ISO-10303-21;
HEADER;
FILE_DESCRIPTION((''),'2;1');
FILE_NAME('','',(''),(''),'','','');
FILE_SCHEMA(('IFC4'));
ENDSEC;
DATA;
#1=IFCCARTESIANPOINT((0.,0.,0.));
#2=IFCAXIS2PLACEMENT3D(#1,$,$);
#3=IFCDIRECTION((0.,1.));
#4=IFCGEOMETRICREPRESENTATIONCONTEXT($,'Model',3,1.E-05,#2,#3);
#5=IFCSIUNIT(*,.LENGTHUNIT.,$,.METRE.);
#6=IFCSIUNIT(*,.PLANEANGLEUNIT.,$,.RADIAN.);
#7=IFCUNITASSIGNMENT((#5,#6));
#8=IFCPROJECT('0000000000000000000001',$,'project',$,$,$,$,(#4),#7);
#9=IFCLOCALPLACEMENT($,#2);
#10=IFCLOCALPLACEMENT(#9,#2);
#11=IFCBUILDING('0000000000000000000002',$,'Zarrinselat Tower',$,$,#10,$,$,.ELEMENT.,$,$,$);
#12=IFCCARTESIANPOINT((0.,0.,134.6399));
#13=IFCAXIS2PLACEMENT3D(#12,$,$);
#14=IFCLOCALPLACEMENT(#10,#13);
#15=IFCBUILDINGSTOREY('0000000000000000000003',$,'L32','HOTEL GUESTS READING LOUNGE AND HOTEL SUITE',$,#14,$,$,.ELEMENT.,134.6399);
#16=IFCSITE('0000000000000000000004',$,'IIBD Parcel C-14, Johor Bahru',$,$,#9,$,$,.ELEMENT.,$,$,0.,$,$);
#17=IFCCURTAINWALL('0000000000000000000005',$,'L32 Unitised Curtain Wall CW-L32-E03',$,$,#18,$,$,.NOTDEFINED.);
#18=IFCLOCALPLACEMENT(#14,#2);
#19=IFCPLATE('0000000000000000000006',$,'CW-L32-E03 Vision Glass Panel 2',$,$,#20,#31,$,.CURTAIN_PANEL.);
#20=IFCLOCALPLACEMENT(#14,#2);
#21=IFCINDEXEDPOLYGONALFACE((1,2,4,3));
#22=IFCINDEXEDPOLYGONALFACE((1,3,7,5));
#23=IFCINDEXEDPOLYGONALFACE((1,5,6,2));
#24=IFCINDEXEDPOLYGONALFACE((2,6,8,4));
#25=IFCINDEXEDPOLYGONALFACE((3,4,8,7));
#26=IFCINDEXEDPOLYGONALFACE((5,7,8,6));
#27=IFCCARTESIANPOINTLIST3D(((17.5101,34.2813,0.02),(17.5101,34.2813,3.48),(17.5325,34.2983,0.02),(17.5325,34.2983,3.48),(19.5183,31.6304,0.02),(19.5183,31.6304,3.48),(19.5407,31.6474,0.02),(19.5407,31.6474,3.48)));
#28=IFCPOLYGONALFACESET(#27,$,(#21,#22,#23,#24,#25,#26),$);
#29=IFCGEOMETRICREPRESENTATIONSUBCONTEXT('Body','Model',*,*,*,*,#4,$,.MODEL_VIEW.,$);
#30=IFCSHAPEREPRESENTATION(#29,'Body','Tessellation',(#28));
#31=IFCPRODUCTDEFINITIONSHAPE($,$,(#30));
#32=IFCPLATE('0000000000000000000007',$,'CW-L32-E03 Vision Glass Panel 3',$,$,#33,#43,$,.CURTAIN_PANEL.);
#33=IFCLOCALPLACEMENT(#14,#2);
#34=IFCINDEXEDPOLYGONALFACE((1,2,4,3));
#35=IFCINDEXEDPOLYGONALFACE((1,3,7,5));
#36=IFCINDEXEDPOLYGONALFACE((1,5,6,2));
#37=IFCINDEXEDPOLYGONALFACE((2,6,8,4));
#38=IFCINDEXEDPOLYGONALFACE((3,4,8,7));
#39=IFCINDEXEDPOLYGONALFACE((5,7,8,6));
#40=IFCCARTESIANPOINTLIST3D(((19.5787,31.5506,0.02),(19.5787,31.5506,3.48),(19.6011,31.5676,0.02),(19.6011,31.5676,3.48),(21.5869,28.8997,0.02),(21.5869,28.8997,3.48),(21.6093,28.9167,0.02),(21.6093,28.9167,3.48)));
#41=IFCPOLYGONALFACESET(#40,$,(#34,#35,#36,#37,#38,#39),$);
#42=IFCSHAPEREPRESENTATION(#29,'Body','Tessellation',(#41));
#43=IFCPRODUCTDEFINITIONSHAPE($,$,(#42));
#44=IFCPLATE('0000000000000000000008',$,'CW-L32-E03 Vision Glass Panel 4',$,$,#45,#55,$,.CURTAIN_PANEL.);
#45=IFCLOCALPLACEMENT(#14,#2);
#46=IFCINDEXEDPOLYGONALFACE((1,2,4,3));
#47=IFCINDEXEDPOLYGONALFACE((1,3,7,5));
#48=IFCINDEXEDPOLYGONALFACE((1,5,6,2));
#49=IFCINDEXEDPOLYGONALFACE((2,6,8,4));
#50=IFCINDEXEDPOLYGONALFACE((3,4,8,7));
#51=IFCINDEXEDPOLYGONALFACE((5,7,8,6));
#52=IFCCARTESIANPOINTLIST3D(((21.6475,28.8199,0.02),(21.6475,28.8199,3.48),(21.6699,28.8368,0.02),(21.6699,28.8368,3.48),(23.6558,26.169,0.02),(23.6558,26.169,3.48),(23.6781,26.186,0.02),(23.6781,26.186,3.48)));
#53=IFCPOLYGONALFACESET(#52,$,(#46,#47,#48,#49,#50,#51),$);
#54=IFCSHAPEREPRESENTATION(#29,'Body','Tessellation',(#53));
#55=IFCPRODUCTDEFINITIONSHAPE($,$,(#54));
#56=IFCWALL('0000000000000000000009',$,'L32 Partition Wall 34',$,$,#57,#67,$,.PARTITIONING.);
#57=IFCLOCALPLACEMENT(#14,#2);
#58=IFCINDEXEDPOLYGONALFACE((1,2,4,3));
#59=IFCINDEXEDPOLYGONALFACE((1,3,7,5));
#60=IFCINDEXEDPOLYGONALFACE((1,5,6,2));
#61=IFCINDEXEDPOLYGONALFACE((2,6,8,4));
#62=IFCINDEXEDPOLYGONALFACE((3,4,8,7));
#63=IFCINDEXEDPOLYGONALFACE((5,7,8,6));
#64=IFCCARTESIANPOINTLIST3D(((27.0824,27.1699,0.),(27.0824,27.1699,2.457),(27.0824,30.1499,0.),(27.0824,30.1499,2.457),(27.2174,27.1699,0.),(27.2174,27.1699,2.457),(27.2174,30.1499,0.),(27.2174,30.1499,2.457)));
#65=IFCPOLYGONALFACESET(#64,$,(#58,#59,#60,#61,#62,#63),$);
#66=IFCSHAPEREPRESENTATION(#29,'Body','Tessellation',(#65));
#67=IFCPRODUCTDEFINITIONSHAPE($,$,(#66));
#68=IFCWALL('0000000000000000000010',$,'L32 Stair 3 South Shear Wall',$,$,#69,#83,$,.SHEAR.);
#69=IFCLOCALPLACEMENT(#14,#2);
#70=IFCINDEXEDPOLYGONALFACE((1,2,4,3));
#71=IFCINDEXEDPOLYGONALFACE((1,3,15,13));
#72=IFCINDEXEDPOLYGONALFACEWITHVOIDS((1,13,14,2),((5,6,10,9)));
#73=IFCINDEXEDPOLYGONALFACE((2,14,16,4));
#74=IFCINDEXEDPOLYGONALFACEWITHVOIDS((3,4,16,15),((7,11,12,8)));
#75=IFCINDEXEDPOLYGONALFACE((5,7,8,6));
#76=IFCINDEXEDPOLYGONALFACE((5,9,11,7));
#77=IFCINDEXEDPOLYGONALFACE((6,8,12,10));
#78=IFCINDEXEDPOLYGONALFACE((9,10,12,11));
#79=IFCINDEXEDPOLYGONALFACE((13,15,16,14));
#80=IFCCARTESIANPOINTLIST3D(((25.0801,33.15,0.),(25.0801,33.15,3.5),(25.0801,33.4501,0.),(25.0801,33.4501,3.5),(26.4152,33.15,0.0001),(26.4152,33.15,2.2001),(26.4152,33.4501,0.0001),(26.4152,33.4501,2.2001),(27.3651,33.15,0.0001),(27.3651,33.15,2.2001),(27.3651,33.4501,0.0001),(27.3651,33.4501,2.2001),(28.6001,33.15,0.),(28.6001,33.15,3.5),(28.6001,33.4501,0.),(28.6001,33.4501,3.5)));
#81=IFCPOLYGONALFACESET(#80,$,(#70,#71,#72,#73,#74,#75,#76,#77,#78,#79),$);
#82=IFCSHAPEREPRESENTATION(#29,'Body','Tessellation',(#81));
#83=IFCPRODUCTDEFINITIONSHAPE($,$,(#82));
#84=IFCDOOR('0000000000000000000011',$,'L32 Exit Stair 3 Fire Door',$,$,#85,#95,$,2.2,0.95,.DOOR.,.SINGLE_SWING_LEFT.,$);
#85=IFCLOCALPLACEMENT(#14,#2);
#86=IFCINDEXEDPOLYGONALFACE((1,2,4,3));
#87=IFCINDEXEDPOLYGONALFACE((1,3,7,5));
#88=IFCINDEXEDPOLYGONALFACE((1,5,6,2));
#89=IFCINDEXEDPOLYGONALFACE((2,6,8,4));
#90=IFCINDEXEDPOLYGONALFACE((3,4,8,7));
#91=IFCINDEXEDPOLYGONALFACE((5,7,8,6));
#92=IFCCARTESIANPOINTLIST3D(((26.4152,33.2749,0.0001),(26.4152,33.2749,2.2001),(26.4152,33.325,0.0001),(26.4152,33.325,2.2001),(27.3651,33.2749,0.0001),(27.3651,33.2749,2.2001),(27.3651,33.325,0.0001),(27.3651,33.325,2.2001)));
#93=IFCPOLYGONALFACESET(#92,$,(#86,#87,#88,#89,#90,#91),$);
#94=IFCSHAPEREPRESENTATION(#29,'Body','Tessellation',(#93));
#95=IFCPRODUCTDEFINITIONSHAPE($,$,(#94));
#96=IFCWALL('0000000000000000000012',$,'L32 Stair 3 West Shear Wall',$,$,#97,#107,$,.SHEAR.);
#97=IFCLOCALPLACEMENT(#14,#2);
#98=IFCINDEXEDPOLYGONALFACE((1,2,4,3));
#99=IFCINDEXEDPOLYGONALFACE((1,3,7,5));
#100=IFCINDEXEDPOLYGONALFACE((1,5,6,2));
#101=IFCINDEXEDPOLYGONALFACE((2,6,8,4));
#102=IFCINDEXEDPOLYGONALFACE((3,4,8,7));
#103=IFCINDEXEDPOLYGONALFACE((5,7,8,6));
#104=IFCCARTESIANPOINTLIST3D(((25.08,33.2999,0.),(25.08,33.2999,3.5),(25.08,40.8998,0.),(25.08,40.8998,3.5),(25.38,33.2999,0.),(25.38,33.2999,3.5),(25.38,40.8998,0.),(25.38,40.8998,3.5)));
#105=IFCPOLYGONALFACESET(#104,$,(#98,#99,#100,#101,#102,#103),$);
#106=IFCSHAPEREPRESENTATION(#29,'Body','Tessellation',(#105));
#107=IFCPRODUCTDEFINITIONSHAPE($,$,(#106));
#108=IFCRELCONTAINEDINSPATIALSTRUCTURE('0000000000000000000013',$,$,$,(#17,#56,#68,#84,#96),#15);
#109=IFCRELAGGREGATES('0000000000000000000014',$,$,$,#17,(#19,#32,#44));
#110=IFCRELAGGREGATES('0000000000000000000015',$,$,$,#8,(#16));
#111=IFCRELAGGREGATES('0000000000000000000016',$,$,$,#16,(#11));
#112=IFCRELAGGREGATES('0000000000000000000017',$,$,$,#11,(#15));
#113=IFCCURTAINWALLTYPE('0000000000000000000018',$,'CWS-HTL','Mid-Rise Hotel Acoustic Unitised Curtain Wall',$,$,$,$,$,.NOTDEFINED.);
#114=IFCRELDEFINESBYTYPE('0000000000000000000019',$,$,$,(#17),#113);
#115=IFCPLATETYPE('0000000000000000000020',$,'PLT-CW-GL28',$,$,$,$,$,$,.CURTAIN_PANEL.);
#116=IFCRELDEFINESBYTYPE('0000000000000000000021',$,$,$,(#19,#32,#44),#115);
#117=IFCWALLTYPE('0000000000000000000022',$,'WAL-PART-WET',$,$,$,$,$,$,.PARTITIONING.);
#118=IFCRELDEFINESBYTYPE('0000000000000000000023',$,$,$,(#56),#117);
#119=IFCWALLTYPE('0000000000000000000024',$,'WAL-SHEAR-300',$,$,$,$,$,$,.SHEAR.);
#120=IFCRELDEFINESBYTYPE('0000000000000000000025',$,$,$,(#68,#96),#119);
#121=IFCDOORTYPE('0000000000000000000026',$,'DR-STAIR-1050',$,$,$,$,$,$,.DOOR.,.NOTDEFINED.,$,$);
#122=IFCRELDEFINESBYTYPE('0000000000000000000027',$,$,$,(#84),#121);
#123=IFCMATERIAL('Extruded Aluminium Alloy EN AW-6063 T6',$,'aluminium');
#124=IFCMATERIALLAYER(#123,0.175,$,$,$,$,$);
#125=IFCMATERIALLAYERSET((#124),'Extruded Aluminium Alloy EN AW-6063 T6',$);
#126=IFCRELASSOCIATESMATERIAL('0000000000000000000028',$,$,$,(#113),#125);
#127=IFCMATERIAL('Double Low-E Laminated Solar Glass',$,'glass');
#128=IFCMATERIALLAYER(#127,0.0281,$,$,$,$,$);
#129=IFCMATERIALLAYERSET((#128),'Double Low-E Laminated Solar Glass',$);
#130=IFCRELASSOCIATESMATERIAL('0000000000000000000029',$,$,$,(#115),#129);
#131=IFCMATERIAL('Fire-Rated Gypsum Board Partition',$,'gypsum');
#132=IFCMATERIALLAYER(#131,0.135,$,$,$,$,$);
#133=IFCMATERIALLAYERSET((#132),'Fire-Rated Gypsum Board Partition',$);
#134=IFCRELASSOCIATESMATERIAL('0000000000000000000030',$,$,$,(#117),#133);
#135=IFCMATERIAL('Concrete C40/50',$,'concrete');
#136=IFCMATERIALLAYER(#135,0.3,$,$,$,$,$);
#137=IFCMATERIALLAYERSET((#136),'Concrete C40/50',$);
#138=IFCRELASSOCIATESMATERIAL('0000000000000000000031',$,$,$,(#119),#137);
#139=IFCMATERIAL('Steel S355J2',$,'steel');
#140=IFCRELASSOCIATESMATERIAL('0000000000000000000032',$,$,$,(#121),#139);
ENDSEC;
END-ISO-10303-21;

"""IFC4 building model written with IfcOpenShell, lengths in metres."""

from ifc_helpers import new_model, si_unit, direction, frame, frame_2d, origin, origin_2d, place, context, subcontext, project, spatial, rectangle, extrude, material, layer, layer_set, type_object, element, fill, aggregate, save


model = new_model("IFC4")

# Units and contexts
model_context = context("Model", 3, precision=1e-05, world=origin(), true_north=direction((0.0, 1.0)))
body_context = subcontext(model_context, "Body", "Model", "MODEL_VIEW")
ifc_project = project(units=[si_unit("LENGTHUNIT", "METRE"), si_unit("PLANEANGLEUNIT", "RADIAN")], contexts=[model_context])

# Site, building, storey
site_placement = place(None, origin())
site = spatial("IfcSite", under=ifc_project, at=site_placement, Name="IIBD Parcel C-14, Johor Bahru", CompositionType="ELEMENT", RefElevation=0.0)
building_placement = place(site_placement, origin())
building = spatial("IfcBuilding", under=site, at=building_placement, Name="Zarrinselat Tower", CompositionType="ELEMENT")
storey_placement = place(building_placement, frame((0.0, 0.0, 134.6399)))
storey = spatial("IfcBuildingStorey", under=building, at=storey_placement, Name="L32", Description="HOTEL GUESTS READING LOUNGE AND HOTEL SUITE", CompositionType="ELEMENT", Elevation=134.6399)

# Curtain wall, plates
ifc_material_1 = material(Name="Extruded Aluminium Alloy EN AW-6063 T6", Category="aluminium")
ifc_layer_1 = layer(ifc_material_1, 0.175)
ifc_layer_set_1 = layer_set([ifc_layer_1], Name="Extruded Aluminium Alloy EN AW-6063 T6")
curtain_wall_type = type_object("IfcCurtainWallType", Name="CWS-HTL", Description="Mid-Rise Hotel Acoustic Unitised Curtain Wall", PredefinedType="NOTDEFINED", material=ifc_layer_set_1)
curtain_wall_placement = place(storey_placement, origin())
curtain_wall = element("IfcCurtainWall", 1, at=curtain_wall_placement, inside=storey, type_object=curtain_wall_type, Name="L32 Unitised Curtain Wall CW-L32-E03", PredefinedType="NOTDEFINED")
ifc_material_2 = material(Name="Double Low-E Laminated Solar Glass", Category="glass")
ifc_layer_2 = layer(ifc_material_2, 0.0281)
ifc_layer_set_2 = layer_set([ifc_layer_2], Name="Double Low-E Laminated Solar Glass")
plate_type = type_object("IfcPlateType", Name="PLT-CW-GL28", PredefinedType="CURTAIN_PANEL", material=ifc_layer_set_2)
plate_1_placement = place(storey_placement, frame((18.5254, 32.9644, 0.02), z_axis=(0.0, 0.0, 1.0), x_axis=(0.603856, -0.797094, 0.0)))
plate_1 = element("IfcPlate", 2, at=plate_1_placement, type_object=plate_type, Name="CW-L32-E03 Vision Glass Panel 2", PredefinedType="CURTAIN_PANEL", context=body_context, shape_type="SweptSolid", body=[
    extrude(rectangle(XDim=3.3257, YDim=0.0281, at=origin_2d()), origin(), (0.0, 0.0, 1.0), 3.46),
])
plate_2_placement = place(storey_placement, frame((20.594, 30.2336, 0.02), z_axis=(0.0, 0.0, 1.0), x_axis=(0.603856, -0.797094, 0.0)))
plate_2 = element("IfcPlate", 3, at=plate_2_placement, type_object=plate_type, Name="CW-L32-E03 Vision Glass Panel 3", PredefinedType="CURTAIN_PANEL", context=body_context, shape_type="SweptSolid", body=[
    extrude(rectangle(XDim=3.3257, YDim=0.0281, at=origin_2d()), origin(), (0.0, 0.0, 1.0), 3.46),
])
plate_3_placement = place(storey_placement, frame((22.6628, 27.5029, 0.02), z_axis=(0.0, 0.0, 1.0), x_axis=(0.603856, -0.797094, 0.0)))
plate_3 = element("IfcPlate", 4, at=plate_3_placement, type_object=plate_type, Name="CW-L32-E03 Vision Glass Panel 4", PredefinedType="CURTAIN_PANEL", context=body_context, shape_type="SweptSolid", body=[
    extrude(rectangle(XDim=3.3257, YDim=0.0281, at=origin_2d()), origin(), (0.0, 0.0, 1.0), 3.46),
])
aggregate(curtain_wall, [plate_1, plate_2, plate_3])

# Wall
ifc_material_3 = material(Name="Fire-Rated Gypsum Board Partition", Category="gypsum")
ifc_layer_3 = layer(ifc_material_3, 0.135)
ifc_layer_set_3 = layer_set([ifc_layer_3], Name="Fire-Rated Gypsum Board Partition")
wall_type_1 = type_object("IfcWallType", Name="WAL-PART-WET", PredefinedType="PARTITIONING", material=ifc_layer_set_3)
wall_1_placement = place(storey_placement, frame((27.1499, 27.1699, 0.0), z_axis=(0.0, 0.0, 1.0), x_axis=(0.0, 1.0, 0.0)))
element("IfcWall", 5, at=wall_1_placement, inside=storey, type_object=wall_type_1, Name="L32 Partition Wall 34", PredefinedType="PARTITIONING", context=body_context, shape_type="SweptSolid", body=[
    extrude(rectangle(XDim=2.98, YDim=0.135, at=frame_2d((1.49, 0.0))), origin(), (0.0, 0.0, 1.0), 2.457),
])

# Wall, opening, door
ifc_material_4 = material(Name="Concrete C40/50", Category="concrete")
ifc_layer_4 = layer(ifc_material_4, 0.3)
ifc_layer_set_4 = layer_set([ifc_layer_4], Name="Concrete C40/50")
wall_type_2 = type_object("IfcWallType", Name="WAL-SHEAR-300", PredefinedType="SHEAR", material=ifc_layer_set_4)
wall_2_placement = place(storey_placement, frame((25.0801, 33.3, 0.0), z_axis=(0.0, 0.0, 1.0), x_axis=(1.0, 0.0, 0.0)))
wall_2 = element("IfcWall", 6, at=wall_2_placement, inside=storey, type_object=wall_type_2, Name="L32 Stair 3 South Shear Wall", PredefinedType="SHEAR", context=body_context, shape_type="SweptSolid", body=[
    extrude(rectangle(XDim=3.52, YDim=0.3, at=frame_2d((1.76, 0.0))), origin(), (0.0, 0.0, 1.0), 3.5),
])
opening_placement = place(wall_2_placement, frame((1.335, 0.0, 0.0)))
opening = element("IfcOpeningElement", 7, at=opening_placement, cuts=wall_2, PredefinedType="OPENING", context=body_context, shape_type="SweptSolid", body=[
    extrude(rectangle(XDim=0.95, YDim=2.2, at=frame_2d((0.4751, 1.1001))), frame((0.0, 0.1599, 0.0), z_axis=(0.0, -1.0, 0.0), x_axis=(1.0, 0.0, 0.0)), (0.0, 0.0, 1.0), 0.3201),
])
ifc_material_5 = material(Name="Steel S355J2", Category="steel")
door_type = type_object("IfcDoorType", Name="DR-STAIR-1050", OperationType="NOTDEFINED", PredefinedType="DOOR", material=ifc_material_5)
door_placement = place(opening_placement, origin())
door = element("IfcDoor", 8, at=door_placement, inside=storey, type_object=door_type, Name="L32 Exit Stair 3 Fire Door", OperationType="SINGLE_SWING_LEFT", OverallHeight=2.2, OverallWidth=0.95, PredefinedType="DOOR", context=body_context, shape_type="SweptSolid", body=[
    extrude(rectangle(XDim=0.95, YDim=2.2, at=frame_2d((0.4751, 1.1001))), frame((0.0, 0.0249, 0.0), z_axis=(0.0, -1.0, 0.0), x_axis=(1.0, 0.0, 0.0)), (0.0, 0.0, 1.0), 0.05),
])
fill(opening, door)

# Wall
wall_3_placement = place(storey_placement, frame((25.23, 33.3, 0.0), z_axis=(0.0, 0.0, 1.0), x_axis=(0.0, 1.0, 0.0)))
element("IfcWall", 9, at=wall_3_placement, inside=storey, type_object=wall_type_2, Name="L32 Stair 3 West Shear Wall", PredefinedType="SHEAR", context=body_context, shape_type="SweptSolid", body=[
    extrude(rectangle(XDim=7.5999, YDim=0.3, at=frame_2d((3.7998, 0.0))), origin(), (0.0, 0.0, 1.0), 3.5),
])

save(model, "model.ifc")
